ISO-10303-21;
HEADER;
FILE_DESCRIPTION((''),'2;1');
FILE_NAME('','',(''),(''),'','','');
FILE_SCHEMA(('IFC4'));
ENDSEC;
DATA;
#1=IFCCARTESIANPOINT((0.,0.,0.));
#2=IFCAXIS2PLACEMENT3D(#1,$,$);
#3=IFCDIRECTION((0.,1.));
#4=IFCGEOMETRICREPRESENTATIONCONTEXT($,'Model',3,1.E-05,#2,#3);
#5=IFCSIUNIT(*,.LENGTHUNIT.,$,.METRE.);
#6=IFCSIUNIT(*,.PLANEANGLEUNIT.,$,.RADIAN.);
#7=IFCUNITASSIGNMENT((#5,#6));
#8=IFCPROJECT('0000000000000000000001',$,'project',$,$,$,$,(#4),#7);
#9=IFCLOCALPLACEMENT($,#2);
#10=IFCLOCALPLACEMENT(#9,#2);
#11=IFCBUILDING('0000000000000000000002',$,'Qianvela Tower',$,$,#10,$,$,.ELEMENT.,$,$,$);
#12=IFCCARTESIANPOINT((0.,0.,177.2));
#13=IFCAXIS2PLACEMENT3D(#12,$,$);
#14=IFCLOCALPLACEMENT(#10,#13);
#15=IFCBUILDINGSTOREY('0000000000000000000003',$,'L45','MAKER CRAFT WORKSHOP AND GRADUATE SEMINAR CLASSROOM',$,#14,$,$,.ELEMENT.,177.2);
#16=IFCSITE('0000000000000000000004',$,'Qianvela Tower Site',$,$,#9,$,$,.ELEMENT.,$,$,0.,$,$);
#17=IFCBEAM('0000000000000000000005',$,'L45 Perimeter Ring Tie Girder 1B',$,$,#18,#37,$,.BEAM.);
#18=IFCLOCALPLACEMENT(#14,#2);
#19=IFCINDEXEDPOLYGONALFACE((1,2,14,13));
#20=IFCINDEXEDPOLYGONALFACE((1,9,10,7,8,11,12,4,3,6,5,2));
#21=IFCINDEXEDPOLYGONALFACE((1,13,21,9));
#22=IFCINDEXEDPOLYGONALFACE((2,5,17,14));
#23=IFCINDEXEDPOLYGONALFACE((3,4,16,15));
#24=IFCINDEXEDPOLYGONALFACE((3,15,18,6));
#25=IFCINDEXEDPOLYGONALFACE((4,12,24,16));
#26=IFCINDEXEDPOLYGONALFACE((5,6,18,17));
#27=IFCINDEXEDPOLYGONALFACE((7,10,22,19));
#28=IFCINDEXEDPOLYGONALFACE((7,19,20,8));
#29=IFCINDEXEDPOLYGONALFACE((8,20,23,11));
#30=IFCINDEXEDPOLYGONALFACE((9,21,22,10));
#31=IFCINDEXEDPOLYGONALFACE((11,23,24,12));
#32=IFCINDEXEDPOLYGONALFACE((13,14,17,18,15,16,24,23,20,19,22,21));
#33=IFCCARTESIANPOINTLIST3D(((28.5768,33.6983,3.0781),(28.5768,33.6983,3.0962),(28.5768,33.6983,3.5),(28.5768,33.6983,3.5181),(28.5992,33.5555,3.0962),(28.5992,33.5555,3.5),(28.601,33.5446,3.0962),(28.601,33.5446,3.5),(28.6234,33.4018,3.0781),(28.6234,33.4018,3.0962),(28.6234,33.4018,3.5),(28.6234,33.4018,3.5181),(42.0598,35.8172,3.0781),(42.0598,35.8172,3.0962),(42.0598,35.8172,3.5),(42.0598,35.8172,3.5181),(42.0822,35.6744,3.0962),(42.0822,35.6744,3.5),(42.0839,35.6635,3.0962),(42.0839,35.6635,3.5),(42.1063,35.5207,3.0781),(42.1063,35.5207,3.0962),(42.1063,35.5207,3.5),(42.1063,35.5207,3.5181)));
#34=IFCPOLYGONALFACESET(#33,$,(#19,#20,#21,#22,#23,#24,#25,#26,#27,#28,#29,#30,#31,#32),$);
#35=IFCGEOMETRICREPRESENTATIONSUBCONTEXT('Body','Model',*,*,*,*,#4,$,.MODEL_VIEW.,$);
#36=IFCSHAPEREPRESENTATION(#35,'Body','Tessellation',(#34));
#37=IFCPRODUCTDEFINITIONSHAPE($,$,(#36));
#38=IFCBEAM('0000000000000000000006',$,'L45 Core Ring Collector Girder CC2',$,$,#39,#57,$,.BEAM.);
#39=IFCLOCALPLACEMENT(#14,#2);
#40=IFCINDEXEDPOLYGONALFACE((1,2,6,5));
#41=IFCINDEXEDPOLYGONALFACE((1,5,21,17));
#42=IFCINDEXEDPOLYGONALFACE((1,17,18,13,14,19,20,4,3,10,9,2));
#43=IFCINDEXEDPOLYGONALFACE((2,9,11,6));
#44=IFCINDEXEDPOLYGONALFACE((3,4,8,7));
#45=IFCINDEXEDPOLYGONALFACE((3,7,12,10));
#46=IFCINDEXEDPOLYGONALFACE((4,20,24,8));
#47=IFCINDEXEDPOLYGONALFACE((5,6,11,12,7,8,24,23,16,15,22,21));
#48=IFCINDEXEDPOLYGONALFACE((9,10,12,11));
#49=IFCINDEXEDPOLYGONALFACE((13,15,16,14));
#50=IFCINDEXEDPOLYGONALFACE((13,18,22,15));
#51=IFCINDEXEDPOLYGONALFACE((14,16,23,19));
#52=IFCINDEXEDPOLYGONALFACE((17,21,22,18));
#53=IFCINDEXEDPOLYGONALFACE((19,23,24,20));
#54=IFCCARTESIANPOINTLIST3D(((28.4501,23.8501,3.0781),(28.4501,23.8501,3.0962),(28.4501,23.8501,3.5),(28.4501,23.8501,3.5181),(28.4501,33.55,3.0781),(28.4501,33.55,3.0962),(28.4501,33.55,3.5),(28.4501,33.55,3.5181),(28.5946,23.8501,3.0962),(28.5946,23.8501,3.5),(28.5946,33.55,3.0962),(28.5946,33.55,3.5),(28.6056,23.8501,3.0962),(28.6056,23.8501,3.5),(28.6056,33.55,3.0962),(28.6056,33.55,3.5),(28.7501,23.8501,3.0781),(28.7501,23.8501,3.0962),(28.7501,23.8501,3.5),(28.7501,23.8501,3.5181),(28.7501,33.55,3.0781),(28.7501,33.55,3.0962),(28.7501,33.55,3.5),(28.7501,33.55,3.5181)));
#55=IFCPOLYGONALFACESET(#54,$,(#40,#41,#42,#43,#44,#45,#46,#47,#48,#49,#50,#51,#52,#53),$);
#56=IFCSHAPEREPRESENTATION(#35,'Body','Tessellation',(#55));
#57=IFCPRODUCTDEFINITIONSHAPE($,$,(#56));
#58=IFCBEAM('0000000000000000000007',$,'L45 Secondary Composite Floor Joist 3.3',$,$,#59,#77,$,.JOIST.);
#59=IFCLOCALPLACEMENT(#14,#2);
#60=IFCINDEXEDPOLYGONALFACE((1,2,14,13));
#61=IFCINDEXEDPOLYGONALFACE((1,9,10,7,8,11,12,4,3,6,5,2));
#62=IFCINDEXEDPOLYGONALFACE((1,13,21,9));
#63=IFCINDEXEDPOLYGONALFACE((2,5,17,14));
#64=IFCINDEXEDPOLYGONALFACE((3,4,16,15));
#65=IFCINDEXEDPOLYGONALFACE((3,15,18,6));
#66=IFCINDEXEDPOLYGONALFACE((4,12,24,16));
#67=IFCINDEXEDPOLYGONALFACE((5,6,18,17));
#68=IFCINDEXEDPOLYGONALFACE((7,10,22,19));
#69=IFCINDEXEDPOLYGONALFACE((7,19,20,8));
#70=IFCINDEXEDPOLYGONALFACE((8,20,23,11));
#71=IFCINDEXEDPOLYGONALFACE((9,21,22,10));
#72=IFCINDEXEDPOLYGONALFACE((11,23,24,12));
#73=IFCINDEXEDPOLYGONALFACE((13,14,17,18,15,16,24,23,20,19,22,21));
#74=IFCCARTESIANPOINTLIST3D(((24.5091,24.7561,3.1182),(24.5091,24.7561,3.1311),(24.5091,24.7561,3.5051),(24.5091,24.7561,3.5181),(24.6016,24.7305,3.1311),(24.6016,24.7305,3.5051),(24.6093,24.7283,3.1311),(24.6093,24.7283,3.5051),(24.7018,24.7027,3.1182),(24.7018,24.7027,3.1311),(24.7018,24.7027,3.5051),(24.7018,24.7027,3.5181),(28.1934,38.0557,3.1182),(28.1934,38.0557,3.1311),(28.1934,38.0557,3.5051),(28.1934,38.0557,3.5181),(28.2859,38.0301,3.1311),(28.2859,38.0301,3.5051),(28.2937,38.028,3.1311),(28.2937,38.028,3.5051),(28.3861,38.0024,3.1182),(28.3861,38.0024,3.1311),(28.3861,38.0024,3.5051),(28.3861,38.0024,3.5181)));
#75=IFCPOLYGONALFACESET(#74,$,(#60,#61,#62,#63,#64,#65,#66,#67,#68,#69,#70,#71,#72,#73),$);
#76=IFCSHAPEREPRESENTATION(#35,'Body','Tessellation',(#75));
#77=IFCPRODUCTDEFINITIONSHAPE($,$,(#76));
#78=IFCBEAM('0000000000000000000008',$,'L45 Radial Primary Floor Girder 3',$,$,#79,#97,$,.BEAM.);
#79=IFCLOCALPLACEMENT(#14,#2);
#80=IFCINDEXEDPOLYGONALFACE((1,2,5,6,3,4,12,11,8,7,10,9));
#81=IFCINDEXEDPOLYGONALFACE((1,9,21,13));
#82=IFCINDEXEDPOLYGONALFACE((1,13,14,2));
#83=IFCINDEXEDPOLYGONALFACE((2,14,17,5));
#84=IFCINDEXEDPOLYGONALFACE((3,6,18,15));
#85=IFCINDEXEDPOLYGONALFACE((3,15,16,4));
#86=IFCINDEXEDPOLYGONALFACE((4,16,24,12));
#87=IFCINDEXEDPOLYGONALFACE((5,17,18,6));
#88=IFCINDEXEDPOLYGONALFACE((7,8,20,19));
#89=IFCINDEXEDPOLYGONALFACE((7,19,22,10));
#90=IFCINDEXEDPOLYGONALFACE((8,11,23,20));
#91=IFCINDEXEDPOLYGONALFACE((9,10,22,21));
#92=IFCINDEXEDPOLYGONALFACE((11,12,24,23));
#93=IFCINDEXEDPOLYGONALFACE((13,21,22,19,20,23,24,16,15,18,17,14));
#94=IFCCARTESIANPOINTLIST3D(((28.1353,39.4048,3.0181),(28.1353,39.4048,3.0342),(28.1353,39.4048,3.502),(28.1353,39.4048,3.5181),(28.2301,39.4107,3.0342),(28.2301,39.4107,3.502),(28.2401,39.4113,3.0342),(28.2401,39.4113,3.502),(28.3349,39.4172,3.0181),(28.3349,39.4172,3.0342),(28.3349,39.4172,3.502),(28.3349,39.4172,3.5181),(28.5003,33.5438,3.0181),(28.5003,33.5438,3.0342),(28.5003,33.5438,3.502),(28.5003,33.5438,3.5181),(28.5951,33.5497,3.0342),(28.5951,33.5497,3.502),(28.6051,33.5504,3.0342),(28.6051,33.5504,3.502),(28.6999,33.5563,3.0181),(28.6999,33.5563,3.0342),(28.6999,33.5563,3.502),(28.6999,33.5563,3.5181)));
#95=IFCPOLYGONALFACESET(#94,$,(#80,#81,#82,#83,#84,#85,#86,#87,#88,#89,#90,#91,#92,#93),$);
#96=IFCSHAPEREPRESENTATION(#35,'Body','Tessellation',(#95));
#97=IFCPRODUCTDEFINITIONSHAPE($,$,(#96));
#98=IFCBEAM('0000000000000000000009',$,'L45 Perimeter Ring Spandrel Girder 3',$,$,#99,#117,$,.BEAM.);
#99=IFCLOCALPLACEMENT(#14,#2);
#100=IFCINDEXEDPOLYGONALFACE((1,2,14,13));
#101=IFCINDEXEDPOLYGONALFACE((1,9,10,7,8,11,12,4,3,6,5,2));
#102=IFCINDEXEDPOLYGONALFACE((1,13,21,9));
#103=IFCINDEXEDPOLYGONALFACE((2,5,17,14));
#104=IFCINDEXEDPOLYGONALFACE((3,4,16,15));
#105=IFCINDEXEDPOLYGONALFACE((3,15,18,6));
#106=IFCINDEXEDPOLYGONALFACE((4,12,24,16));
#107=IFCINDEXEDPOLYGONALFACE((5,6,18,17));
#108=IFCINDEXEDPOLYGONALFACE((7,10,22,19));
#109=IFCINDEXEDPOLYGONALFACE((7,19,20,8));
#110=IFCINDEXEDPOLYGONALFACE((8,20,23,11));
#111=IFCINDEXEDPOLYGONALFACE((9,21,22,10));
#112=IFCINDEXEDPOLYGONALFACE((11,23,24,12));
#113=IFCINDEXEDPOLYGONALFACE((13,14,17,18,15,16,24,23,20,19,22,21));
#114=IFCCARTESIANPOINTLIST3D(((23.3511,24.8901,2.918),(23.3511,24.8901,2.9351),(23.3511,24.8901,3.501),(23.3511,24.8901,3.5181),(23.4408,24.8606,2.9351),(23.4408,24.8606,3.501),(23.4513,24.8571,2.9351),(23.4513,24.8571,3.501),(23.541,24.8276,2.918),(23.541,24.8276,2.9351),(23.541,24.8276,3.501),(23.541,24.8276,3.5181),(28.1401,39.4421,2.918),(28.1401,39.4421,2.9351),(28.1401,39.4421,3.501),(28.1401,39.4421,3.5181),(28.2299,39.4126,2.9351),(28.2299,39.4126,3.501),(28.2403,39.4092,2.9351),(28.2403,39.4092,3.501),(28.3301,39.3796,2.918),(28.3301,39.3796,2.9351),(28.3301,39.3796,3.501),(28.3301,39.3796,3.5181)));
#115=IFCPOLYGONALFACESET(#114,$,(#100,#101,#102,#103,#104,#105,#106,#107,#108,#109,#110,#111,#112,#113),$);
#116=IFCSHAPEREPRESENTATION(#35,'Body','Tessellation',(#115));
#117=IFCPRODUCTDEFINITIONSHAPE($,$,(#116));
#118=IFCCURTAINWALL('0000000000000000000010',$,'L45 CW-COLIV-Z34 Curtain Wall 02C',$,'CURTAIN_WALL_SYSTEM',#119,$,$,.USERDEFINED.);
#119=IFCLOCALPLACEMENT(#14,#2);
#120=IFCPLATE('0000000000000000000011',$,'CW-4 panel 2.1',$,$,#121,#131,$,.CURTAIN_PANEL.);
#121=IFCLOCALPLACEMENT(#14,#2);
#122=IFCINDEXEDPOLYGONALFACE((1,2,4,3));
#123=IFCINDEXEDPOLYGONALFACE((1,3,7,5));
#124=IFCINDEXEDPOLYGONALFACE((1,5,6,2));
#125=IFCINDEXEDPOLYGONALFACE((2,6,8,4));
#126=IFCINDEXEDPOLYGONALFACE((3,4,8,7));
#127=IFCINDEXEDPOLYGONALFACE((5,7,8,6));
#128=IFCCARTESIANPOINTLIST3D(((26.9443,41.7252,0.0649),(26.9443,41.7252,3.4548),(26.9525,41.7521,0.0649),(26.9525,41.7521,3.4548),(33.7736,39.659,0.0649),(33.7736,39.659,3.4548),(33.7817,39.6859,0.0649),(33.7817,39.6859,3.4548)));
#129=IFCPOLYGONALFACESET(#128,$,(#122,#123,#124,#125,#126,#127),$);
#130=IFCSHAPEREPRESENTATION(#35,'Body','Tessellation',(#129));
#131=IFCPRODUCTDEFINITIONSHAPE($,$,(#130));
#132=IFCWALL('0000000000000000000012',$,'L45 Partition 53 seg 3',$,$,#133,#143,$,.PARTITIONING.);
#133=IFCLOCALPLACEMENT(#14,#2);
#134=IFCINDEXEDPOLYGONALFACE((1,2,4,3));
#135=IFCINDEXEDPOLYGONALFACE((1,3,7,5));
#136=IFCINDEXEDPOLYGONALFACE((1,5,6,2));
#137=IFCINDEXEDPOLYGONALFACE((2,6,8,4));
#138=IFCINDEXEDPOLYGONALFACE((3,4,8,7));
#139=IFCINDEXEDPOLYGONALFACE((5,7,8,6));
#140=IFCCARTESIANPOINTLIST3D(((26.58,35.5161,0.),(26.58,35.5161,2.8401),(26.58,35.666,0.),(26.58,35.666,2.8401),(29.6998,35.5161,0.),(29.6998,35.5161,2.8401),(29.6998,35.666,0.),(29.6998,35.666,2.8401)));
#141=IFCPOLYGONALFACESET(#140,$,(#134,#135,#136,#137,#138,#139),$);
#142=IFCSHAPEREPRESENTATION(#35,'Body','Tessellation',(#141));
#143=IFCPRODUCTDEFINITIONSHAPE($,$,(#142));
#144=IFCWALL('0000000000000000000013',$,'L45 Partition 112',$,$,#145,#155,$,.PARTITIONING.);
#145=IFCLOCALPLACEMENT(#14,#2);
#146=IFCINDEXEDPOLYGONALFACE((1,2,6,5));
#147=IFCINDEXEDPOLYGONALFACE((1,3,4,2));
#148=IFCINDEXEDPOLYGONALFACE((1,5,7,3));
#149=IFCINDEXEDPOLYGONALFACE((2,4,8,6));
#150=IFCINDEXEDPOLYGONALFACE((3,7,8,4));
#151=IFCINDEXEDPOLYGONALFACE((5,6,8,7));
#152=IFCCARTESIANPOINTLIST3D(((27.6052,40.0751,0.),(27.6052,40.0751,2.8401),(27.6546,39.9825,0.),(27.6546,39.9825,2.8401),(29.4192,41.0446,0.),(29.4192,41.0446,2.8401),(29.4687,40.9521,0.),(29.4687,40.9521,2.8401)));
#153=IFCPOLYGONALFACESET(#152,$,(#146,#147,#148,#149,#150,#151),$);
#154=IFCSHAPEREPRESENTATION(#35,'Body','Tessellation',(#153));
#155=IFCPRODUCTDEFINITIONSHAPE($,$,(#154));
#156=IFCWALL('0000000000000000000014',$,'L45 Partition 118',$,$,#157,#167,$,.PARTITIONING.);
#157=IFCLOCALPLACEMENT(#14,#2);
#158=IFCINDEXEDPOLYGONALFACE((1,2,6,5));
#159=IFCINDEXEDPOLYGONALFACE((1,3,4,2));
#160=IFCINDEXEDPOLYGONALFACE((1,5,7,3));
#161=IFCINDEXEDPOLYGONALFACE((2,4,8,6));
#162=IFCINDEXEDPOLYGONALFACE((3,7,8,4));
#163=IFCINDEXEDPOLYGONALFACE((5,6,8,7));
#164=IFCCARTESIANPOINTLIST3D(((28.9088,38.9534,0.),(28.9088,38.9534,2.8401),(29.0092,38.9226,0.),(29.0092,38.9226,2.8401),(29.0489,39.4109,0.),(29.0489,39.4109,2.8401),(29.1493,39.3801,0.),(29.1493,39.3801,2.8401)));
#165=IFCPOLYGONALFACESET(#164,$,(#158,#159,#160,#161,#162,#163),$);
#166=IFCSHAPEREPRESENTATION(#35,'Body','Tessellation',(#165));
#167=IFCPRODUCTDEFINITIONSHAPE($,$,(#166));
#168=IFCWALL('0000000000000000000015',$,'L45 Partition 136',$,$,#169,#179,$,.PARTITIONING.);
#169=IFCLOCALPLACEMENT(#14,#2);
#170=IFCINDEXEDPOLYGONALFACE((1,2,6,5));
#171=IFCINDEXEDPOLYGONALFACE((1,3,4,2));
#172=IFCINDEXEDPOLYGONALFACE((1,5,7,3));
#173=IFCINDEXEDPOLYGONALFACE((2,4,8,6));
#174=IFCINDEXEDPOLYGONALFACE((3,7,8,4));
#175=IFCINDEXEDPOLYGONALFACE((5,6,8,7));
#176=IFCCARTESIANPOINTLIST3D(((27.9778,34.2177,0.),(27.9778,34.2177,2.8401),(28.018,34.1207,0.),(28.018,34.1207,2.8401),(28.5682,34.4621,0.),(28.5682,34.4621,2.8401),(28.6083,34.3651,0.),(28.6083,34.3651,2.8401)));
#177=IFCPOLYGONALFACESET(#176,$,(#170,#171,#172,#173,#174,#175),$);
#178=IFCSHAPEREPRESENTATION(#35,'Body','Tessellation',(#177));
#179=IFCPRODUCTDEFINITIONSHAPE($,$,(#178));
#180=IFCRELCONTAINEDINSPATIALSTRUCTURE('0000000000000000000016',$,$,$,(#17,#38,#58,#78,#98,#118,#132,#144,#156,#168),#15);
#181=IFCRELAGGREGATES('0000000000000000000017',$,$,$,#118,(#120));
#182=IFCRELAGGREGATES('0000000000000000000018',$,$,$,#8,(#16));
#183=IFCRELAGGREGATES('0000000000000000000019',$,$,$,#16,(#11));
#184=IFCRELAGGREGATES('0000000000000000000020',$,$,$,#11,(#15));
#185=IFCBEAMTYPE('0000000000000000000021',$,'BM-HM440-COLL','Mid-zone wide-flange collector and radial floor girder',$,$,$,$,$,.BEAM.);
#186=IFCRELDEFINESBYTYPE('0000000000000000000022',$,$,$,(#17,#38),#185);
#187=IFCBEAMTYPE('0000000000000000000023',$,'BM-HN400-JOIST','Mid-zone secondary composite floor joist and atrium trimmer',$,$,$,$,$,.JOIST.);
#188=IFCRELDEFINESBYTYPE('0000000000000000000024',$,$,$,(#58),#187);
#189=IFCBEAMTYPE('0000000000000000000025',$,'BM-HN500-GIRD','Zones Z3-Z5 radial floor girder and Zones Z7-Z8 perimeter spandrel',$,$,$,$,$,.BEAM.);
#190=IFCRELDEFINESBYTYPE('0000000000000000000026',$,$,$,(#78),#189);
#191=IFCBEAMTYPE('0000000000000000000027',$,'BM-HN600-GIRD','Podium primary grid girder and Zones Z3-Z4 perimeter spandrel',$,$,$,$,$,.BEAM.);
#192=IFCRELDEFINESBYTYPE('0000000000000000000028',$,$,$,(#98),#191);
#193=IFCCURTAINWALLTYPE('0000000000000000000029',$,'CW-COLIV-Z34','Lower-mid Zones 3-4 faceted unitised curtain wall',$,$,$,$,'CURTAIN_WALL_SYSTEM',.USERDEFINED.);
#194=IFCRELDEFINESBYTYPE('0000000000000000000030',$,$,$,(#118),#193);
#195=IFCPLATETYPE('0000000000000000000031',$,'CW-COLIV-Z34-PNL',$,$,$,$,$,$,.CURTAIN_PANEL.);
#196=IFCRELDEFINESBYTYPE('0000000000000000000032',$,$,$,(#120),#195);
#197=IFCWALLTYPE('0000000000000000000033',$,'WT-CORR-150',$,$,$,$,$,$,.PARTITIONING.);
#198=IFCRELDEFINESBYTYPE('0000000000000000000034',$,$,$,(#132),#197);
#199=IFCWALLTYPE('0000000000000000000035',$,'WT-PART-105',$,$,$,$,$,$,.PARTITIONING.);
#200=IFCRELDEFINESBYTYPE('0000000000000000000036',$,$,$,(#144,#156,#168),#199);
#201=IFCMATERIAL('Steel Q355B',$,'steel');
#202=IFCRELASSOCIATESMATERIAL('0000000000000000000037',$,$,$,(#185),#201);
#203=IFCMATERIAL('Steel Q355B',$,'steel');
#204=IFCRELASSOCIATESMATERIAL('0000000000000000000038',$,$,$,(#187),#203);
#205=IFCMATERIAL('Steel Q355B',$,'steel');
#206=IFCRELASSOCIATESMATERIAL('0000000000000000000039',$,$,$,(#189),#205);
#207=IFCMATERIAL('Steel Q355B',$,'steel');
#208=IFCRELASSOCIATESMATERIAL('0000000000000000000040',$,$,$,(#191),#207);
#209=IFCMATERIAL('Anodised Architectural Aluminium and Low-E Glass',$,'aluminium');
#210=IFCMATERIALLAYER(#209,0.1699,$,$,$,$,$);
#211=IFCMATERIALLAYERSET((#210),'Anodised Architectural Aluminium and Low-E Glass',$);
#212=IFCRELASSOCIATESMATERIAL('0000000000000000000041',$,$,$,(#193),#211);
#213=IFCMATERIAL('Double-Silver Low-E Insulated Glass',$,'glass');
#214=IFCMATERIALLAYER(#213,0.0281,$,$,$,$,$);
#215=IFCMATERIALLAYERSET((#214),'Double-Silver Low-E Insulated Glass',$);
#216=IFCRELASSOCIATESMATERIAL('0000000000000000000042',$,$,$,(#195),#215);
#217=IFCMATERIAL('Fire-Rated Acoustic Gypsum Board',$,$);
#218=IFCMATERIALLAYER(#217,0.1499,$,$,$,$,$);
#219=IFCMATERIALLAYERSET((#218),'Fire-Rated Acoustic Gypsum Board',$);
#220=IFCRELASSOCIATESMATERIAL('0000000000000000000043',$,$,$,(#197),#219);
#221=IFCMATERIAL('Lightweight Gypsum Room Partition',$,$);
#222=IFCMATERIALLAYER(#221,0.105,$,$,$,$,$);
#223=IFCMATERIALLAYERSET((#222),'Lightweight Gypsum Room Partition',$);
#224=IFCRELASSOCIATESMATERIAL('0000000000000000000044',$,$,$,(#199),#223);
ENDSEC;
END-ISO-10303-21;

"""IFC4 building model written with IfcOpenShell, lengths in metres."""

from ifc_helpers import new_model, si_unit, direction, frame, frame_2d, origin, origin_2d, place, context, subcontext, project, spatial, rectangle, i_section, extrude, material, layer, layer_set, material_profile, profile_set, type_object, element, aggregate, save


model = new_model("IFC4")

# Units and contexts
model_context = context("Model", 3, precision=1e-05, world=origin(), true_north=direction((0.0, 1.0)))
body_context = subcontext(model_context, "Body", "Model", "MODEL_VIEW")
ifc_project = project(units=[si_unit("LENGTHUNIT", "METRE"), si_unit("PLANEANGLEUNIT", "RADIAN")], contexts=[model_context])

# Site, building, storey
site_placement = place(None, origin())
site = spatial("IfcSite", under=ifc_project, at=site_placement, Name="Qianvela Tower Site", CompositionType="ELEMENT", RefElevation=0.0)
building_placement = place(site_placement, origin())
building = spatial("IfcBuilding", under=site, at=building_placement, Name="Qianvela Tower", CompositionType="ELEMENT")
storey_placement = place(building_placement, frame((0.0, 0.0, 177.2)))
storey = spatial("IfcBuildingStorey", under=building, at=storey_placement, Name="L45", Description="MAKER CRAFT WORKSHOP AND GRADUATE SEMINAR CLASSROOM", CompositionType="ELEMENT", Elevation=177.2)

# Beams
ifc_material_1 = material(Name="Steel Q355B", Category="steel")
ifc_material_profile_1 = material_profile(ifc_material_1, i_section(OverallWidth=0.3, OverallDepth=0.4399, WebThickness=0.011, FlangeThickness=0.0181, at=origin_2d()), Name="HM440x300x11x18")
ifc_profile_set_1 = profile_set([ifc_material_profile_1], Name="Steel Q355B")
beam_type_1 = type_object("IfcBeamType", Name="BM-HM440-COLL", Description="Mid-zone wide-flange collector and radial floor girder", PredefinedType="BEAM", material=ifc_profile_set_1)
beam_1_placement = place(storey_placement, frame((28.6001, 33.55, 3.2981), z_axis=(0.987875, 0.155249, 0.0), x_axis=(-0.155249, 0.987875, 0.0)))
element("IfcBeam", 1, at=beam_1_placement, inside=storey, type_object=beam_type_1, Name="L45 Perimeter Ring Tie Girder 1B", PredefinedType="BEAM", context=body_context, shape_type="SweptSolid", body=[
    extrude(i_section(OverallWidth=0.3, OverallDepth=0.4399, WebThickness=0.011, FlangeThickness=0.0181, at=origin_2d()), origin(), (0.0, 0.0, 1.0), 13.6484),
])
beam_2_placement = place(storey_placement, frame((28.6001, 33.55, 3.2981), z_axis=(0.0, -1.0, 0.0), x_axis=(1.0, 0.0, 0.0)))
element("IfcBeam", 2, at=beam_2_placement, inside=storey, type_object=beam_type_1, Name="L45 Core Ring Collector Girder CC2", PredefinedType="BEAM", context=body_context, shape_type="SweptSolid", body=[
    extrude(i_section(OverallWidth=0.3, OverallDepth=0.4399, WebThickness=0.011, FlangeThickness=0.0181, at=origin_2d()), origin(), (0.0, 0.0, 1.0), 9.7),
])
ifc_material_2 = material(Name="Steel Q355B", Category="steel")
ifc_material_profile_2 = material_profile(ifc_material_2, i_section(OverallWidth=0.2, OverallDepth=0.3999, WebThickness=0.0081, FlangeThickness=0.0129, at=origin_2d()), Name="HN400x200x8x13")
ifc_profile_set_2 = profile_set([ifc_material_profile_2], Name="Steel Q355B")
beam_type_2 = type_object("IfcBeamType", Name="BM-HN400-JOIST", Description="Mid-zone secondary composite floor joist and atrium trimmer", PredefinedType="JOIST", material=ifc_profile_set_2)
beam_3_placement = place(storey_placement, frame((28.2898, 38.0291, 3.3181), z_axis=(-0.266971, -0.963704, 0.0), x_axis=(0.963704, -0.266971, 0.0)))
element("IfcBeam", 3, at=beam_3_placement, inside=storey, type_object=beam_type_2, Name="L45 Secondary Composite Floor Joist 3.3", PredefinedType="JOIST", context=body_context, shape_type="SweptSolid", body=[
    extrude(i_section(OverallWidth=0.2, OverallDepth=0.3999, WebThickness=0.0081, FlangeThickness=0.0129, at=origin_2d()), origin(), (0.0, 0.0, 1.0), 13.8005),
])
ifc_material_3 = material(Name="Steel Q355B", Category="steel")
ifc_material_profile_3 = material_profile(ifc_material_3, i_section(OverallWidth=0.2, OverallDepth=0.5, WebThickness=0.01, FlangeThickness=0.0161, at=origin_2d()), Name="HN500x200x10x16")
ifc_profile_set_3 = profile_set([ifc_material_profile_3], Name="Steel Q355B")
beam_type_3 = type_object("IfcBeamType", Name="BM-HN500-GIRD", Description="Zones Z3-Z5 radial floor girder and Zones Z7-Z8 perimeter spandrel", PredefinedType="BEAM", material=ifc_profile_set_3)
beam_4_placement = place(storey_placement, frame((28.6001, 33.55, 3.2681), z_axis=(-0.062156, 0.998066, 0.0), x_axis=(-0.998066, -0.062156, 0.0)))
element("IfcBeam", 4, at=beam_4_placement, inside=storey, type_object=beam_type_3, Name="L45 Radial Primary Floor Girder 3", PredefinedType="BEAM", context=body_context, shape_type="SweptSolid", body=[
    extrude(i_section(OverallWidth=0.2, OverallDepth=0.5, WebThickness=0.01, FlangeThickness=0.0161, at=origin_2d()), origin(), (0.0, 0.0, 1.0), 5.8723),
])
ifc_material_4 = material(Name="Steel Q355B", Category="steel")
ifc_material_profile_4 = material_profile(ifc_material_4, i_section(OverallWidth=0.2, OverallDepth=0.6001, WebThickness=0.011, FlangeThickness=0.0171, at=origin_2d()), Name="HN600x200x11x17")
ifc_profile_set_4 = profile_set([ifc_material_profile_4], Name="Steel Q355B")
beam_type_4 = type_object("IfcBeamType", Name="BM-HN600-GIRD", Description="Podium primary grid girder and Zones Z3-Z4 perimeter spandrel", PredefinedType="BEAM", material=ifc_profile_set_4)
beam_5_placement = place(storey_placement, frame((28.2351, 39.4109, 3.218), z_axis=(-0.312606, -0.949883, 0.0), x_axis=(0.949883, -0.312606, 0.0)))
element("IfcBeam", 5, at=beam_5_placement, inside=storey, type_object=beam_type_4, Name="L45 Perimeter Ring Spandrel Girder 3", PredefinedType="BEAM", context=body_context, shape_type="SweptSolid", body=[
    extrude(i_section(OverallWidth=0.2, OverallDepth=0.6001, WebThickness=0.011, FlangeThickness=0.0171, at=origin_2d()), origin(), (0.0, 0.0, 1.0), 15.3198),
])

# Curtain wall, plate
ifc_material_5 = material(Name="Anodised Architectural Aluminium and Low-E Glass", Category="aluminium")
ifc_layer_1 = layer(ifc_material_5, 0.1699)
ifc_layer_set_1 = layer_set([ifc_layer_1], Name="Anodised Architectural Aluminium and Low-E Glass")
curtain_wall_type = type_object("IfcCurtainWallType", Name="CW-COLIV-Z34", Description="Lower-mid Zones 3-4 faceted unitised curtain wall", ElementType="CURTAIN_WALL_SYSTEM", PredefinedType="USERDEFINED", material=ifc_layer_set_1)
curtain_wall_placement = place(storey_placement, origin())
curtain_wall = element("IfcCurtainWall", 6, at=curtain_wall_placement, inside=storey, type_object=curtain_wall_type, Name="L45 CW-COLIV-Z34 Curtain Wall 02C", ObjectType="CURTAIN_WALL_SYSTEM", PredefinedType="USERDEFINED")
ifc_material_6 = material(Name="Double-Silver Low-E Insulated Glass", Category="glass")
ifc_layer_2 = layer(ifc_material_6, 0.0281)
ifc_layer_set_2 = layer_set([ifc_layer_2], Name="Double-Silver Low-E Insulated Glass")
plate_type = type_object("IfcPlateType", Name="CW-COLIV-Z34-PNL", PredefinedType="CURTAIN_PANEL", material=ifc_layer_set_2)
plate_placement = place(storey_placement, frame((30.363, 40.7056, 0.0649), z_axis=(0.0, 0.0, 1.0), x_axis=(-0.957152, 0.289585, 0.0)))
plate = element("IfcPlate", 7, at=plate_placement, type_object=plate_type, Name="CW-4 panel 2.1", PredefinedType="CURTAIN_PANEL", context=body_context, shape_type="SweptSolid", body=[
    extrude(rectangle(XDim=7.135, YDim=0.0281, at=origin_2d()), origin(), (0.0, 0.0, 1.0), 3.3899),
])
aggregate(curtain_wall, [plate])

# Shared definitions
ifc_material_7 = material(Name="Fire-Rated Acoustic Gypsum Board")
ifc_layer_3 = layer(ifc_material_7, 0.1499)
ifc_layer_set_3 = layer_set([ifc_layer_3], Name="Fire-Rated Acoustic Gypsum Board")
wall_type_1 = type_object("IfcWallType", Name="WT-CORR-150", PredefinedType="PARTITIONING", material=ifc_layer_set_3)

# Walls
wall_1_placement = place(storey_placement, frame((29.7, 35.5911, 0.0), z_axis=(0.0, 0.0, 1.0), x_axis=(-1.0, 0.0, 0.0)))
element("IfcWall", 8, at=wall_1_placement, inside=storey, type_object=wall_type_1, Name="L45 Partition 53 seg 3", PredefinedType="PARTITIONING", context=body_context, shape_type="SweptSolid", body=[
    extrude(rectangle(XDim=3.1199, YDim=0.1499, at=frame_2d((1.5601, 0.0))), origin(), (0.0, 0.0, 1.0), 2.8401),
])
ifc_material_8 = material(Name="Lightweight Gypsum Room Partition")
ifc_layer_4 = layer(ifc_material_8, 0.105)
ifc_layer_set_4 = layer_set([ifc_layer_4], Name="Lightweight Gypsum Room Partition")
wall_type_2 = type_object("IfcWallType", Name="WT-PART-105", PredefinedType="PARTITIONING", material=ifc_layer_set_4)
wall_2_placement = place(storey_placement, frame((29.4438, 40.9983, 0.0), z_axis=(0.0, 0.0, 1.0), x_axis=(-0.881942, -0.471358, 0.0)))
element("IfcWall", 9, at=wall_2_placement, inside=storey, type_object=wall_type_2, Name="L45 Partition 112", PredefinedType="PARTITIONING", context=body_context, shape_type="SweptSolid", body=[
    extrude(rectangle(XDim=2.0569, YDim=0.105, at=frame_2d((1.0283, 0.0))), origin(), (0.0, 0.0, 1.0), 2.8401),
])
wall_3_placement = place(storey_placement, frame((28.959, 38.938, 0.0), z_axis=(0.0, 0.0, 1.0), x_axis=(0.292867, 0.956153, 0.0)))
element("IfcWall", 10, at=wall_3_placement, inside=storey, type_object=wall_type_2, Name="L45 Partition 118", PredefinedType="PARTITIONING", context=body_context, shape_type="SweptSolid", body=[
    extrude(rectangle(XDim=0.4785, YDim=0.105, at=frame_2d((0.2393, 0.0))), origin(), (0.0, 0.0, 1.0), 2.8401),
])
wall_4_placement = place(storey_placement, frame((28.5881, 34.4136, 0.0), z_axis=(0.0, 0.0, 1.0), x_axis=(-0.923956, -0.382498, 0.0)))
element("IfcWall", 11, at=wall_4_placement, inside=storey, type_object=wall_type_2, Name="L45 Partition 136", PredefinedType="PARTITIONING", context=body_context, shape_type="SweptSolid", body=[
    extrude(rectangle(XDim=0.6389, YDim=0.105, at=frame_2d((0.3193, 0.0))), origin(), (0.0, 0.0, 1.0), 2.8401),
])

save(model, "model.ifc")
